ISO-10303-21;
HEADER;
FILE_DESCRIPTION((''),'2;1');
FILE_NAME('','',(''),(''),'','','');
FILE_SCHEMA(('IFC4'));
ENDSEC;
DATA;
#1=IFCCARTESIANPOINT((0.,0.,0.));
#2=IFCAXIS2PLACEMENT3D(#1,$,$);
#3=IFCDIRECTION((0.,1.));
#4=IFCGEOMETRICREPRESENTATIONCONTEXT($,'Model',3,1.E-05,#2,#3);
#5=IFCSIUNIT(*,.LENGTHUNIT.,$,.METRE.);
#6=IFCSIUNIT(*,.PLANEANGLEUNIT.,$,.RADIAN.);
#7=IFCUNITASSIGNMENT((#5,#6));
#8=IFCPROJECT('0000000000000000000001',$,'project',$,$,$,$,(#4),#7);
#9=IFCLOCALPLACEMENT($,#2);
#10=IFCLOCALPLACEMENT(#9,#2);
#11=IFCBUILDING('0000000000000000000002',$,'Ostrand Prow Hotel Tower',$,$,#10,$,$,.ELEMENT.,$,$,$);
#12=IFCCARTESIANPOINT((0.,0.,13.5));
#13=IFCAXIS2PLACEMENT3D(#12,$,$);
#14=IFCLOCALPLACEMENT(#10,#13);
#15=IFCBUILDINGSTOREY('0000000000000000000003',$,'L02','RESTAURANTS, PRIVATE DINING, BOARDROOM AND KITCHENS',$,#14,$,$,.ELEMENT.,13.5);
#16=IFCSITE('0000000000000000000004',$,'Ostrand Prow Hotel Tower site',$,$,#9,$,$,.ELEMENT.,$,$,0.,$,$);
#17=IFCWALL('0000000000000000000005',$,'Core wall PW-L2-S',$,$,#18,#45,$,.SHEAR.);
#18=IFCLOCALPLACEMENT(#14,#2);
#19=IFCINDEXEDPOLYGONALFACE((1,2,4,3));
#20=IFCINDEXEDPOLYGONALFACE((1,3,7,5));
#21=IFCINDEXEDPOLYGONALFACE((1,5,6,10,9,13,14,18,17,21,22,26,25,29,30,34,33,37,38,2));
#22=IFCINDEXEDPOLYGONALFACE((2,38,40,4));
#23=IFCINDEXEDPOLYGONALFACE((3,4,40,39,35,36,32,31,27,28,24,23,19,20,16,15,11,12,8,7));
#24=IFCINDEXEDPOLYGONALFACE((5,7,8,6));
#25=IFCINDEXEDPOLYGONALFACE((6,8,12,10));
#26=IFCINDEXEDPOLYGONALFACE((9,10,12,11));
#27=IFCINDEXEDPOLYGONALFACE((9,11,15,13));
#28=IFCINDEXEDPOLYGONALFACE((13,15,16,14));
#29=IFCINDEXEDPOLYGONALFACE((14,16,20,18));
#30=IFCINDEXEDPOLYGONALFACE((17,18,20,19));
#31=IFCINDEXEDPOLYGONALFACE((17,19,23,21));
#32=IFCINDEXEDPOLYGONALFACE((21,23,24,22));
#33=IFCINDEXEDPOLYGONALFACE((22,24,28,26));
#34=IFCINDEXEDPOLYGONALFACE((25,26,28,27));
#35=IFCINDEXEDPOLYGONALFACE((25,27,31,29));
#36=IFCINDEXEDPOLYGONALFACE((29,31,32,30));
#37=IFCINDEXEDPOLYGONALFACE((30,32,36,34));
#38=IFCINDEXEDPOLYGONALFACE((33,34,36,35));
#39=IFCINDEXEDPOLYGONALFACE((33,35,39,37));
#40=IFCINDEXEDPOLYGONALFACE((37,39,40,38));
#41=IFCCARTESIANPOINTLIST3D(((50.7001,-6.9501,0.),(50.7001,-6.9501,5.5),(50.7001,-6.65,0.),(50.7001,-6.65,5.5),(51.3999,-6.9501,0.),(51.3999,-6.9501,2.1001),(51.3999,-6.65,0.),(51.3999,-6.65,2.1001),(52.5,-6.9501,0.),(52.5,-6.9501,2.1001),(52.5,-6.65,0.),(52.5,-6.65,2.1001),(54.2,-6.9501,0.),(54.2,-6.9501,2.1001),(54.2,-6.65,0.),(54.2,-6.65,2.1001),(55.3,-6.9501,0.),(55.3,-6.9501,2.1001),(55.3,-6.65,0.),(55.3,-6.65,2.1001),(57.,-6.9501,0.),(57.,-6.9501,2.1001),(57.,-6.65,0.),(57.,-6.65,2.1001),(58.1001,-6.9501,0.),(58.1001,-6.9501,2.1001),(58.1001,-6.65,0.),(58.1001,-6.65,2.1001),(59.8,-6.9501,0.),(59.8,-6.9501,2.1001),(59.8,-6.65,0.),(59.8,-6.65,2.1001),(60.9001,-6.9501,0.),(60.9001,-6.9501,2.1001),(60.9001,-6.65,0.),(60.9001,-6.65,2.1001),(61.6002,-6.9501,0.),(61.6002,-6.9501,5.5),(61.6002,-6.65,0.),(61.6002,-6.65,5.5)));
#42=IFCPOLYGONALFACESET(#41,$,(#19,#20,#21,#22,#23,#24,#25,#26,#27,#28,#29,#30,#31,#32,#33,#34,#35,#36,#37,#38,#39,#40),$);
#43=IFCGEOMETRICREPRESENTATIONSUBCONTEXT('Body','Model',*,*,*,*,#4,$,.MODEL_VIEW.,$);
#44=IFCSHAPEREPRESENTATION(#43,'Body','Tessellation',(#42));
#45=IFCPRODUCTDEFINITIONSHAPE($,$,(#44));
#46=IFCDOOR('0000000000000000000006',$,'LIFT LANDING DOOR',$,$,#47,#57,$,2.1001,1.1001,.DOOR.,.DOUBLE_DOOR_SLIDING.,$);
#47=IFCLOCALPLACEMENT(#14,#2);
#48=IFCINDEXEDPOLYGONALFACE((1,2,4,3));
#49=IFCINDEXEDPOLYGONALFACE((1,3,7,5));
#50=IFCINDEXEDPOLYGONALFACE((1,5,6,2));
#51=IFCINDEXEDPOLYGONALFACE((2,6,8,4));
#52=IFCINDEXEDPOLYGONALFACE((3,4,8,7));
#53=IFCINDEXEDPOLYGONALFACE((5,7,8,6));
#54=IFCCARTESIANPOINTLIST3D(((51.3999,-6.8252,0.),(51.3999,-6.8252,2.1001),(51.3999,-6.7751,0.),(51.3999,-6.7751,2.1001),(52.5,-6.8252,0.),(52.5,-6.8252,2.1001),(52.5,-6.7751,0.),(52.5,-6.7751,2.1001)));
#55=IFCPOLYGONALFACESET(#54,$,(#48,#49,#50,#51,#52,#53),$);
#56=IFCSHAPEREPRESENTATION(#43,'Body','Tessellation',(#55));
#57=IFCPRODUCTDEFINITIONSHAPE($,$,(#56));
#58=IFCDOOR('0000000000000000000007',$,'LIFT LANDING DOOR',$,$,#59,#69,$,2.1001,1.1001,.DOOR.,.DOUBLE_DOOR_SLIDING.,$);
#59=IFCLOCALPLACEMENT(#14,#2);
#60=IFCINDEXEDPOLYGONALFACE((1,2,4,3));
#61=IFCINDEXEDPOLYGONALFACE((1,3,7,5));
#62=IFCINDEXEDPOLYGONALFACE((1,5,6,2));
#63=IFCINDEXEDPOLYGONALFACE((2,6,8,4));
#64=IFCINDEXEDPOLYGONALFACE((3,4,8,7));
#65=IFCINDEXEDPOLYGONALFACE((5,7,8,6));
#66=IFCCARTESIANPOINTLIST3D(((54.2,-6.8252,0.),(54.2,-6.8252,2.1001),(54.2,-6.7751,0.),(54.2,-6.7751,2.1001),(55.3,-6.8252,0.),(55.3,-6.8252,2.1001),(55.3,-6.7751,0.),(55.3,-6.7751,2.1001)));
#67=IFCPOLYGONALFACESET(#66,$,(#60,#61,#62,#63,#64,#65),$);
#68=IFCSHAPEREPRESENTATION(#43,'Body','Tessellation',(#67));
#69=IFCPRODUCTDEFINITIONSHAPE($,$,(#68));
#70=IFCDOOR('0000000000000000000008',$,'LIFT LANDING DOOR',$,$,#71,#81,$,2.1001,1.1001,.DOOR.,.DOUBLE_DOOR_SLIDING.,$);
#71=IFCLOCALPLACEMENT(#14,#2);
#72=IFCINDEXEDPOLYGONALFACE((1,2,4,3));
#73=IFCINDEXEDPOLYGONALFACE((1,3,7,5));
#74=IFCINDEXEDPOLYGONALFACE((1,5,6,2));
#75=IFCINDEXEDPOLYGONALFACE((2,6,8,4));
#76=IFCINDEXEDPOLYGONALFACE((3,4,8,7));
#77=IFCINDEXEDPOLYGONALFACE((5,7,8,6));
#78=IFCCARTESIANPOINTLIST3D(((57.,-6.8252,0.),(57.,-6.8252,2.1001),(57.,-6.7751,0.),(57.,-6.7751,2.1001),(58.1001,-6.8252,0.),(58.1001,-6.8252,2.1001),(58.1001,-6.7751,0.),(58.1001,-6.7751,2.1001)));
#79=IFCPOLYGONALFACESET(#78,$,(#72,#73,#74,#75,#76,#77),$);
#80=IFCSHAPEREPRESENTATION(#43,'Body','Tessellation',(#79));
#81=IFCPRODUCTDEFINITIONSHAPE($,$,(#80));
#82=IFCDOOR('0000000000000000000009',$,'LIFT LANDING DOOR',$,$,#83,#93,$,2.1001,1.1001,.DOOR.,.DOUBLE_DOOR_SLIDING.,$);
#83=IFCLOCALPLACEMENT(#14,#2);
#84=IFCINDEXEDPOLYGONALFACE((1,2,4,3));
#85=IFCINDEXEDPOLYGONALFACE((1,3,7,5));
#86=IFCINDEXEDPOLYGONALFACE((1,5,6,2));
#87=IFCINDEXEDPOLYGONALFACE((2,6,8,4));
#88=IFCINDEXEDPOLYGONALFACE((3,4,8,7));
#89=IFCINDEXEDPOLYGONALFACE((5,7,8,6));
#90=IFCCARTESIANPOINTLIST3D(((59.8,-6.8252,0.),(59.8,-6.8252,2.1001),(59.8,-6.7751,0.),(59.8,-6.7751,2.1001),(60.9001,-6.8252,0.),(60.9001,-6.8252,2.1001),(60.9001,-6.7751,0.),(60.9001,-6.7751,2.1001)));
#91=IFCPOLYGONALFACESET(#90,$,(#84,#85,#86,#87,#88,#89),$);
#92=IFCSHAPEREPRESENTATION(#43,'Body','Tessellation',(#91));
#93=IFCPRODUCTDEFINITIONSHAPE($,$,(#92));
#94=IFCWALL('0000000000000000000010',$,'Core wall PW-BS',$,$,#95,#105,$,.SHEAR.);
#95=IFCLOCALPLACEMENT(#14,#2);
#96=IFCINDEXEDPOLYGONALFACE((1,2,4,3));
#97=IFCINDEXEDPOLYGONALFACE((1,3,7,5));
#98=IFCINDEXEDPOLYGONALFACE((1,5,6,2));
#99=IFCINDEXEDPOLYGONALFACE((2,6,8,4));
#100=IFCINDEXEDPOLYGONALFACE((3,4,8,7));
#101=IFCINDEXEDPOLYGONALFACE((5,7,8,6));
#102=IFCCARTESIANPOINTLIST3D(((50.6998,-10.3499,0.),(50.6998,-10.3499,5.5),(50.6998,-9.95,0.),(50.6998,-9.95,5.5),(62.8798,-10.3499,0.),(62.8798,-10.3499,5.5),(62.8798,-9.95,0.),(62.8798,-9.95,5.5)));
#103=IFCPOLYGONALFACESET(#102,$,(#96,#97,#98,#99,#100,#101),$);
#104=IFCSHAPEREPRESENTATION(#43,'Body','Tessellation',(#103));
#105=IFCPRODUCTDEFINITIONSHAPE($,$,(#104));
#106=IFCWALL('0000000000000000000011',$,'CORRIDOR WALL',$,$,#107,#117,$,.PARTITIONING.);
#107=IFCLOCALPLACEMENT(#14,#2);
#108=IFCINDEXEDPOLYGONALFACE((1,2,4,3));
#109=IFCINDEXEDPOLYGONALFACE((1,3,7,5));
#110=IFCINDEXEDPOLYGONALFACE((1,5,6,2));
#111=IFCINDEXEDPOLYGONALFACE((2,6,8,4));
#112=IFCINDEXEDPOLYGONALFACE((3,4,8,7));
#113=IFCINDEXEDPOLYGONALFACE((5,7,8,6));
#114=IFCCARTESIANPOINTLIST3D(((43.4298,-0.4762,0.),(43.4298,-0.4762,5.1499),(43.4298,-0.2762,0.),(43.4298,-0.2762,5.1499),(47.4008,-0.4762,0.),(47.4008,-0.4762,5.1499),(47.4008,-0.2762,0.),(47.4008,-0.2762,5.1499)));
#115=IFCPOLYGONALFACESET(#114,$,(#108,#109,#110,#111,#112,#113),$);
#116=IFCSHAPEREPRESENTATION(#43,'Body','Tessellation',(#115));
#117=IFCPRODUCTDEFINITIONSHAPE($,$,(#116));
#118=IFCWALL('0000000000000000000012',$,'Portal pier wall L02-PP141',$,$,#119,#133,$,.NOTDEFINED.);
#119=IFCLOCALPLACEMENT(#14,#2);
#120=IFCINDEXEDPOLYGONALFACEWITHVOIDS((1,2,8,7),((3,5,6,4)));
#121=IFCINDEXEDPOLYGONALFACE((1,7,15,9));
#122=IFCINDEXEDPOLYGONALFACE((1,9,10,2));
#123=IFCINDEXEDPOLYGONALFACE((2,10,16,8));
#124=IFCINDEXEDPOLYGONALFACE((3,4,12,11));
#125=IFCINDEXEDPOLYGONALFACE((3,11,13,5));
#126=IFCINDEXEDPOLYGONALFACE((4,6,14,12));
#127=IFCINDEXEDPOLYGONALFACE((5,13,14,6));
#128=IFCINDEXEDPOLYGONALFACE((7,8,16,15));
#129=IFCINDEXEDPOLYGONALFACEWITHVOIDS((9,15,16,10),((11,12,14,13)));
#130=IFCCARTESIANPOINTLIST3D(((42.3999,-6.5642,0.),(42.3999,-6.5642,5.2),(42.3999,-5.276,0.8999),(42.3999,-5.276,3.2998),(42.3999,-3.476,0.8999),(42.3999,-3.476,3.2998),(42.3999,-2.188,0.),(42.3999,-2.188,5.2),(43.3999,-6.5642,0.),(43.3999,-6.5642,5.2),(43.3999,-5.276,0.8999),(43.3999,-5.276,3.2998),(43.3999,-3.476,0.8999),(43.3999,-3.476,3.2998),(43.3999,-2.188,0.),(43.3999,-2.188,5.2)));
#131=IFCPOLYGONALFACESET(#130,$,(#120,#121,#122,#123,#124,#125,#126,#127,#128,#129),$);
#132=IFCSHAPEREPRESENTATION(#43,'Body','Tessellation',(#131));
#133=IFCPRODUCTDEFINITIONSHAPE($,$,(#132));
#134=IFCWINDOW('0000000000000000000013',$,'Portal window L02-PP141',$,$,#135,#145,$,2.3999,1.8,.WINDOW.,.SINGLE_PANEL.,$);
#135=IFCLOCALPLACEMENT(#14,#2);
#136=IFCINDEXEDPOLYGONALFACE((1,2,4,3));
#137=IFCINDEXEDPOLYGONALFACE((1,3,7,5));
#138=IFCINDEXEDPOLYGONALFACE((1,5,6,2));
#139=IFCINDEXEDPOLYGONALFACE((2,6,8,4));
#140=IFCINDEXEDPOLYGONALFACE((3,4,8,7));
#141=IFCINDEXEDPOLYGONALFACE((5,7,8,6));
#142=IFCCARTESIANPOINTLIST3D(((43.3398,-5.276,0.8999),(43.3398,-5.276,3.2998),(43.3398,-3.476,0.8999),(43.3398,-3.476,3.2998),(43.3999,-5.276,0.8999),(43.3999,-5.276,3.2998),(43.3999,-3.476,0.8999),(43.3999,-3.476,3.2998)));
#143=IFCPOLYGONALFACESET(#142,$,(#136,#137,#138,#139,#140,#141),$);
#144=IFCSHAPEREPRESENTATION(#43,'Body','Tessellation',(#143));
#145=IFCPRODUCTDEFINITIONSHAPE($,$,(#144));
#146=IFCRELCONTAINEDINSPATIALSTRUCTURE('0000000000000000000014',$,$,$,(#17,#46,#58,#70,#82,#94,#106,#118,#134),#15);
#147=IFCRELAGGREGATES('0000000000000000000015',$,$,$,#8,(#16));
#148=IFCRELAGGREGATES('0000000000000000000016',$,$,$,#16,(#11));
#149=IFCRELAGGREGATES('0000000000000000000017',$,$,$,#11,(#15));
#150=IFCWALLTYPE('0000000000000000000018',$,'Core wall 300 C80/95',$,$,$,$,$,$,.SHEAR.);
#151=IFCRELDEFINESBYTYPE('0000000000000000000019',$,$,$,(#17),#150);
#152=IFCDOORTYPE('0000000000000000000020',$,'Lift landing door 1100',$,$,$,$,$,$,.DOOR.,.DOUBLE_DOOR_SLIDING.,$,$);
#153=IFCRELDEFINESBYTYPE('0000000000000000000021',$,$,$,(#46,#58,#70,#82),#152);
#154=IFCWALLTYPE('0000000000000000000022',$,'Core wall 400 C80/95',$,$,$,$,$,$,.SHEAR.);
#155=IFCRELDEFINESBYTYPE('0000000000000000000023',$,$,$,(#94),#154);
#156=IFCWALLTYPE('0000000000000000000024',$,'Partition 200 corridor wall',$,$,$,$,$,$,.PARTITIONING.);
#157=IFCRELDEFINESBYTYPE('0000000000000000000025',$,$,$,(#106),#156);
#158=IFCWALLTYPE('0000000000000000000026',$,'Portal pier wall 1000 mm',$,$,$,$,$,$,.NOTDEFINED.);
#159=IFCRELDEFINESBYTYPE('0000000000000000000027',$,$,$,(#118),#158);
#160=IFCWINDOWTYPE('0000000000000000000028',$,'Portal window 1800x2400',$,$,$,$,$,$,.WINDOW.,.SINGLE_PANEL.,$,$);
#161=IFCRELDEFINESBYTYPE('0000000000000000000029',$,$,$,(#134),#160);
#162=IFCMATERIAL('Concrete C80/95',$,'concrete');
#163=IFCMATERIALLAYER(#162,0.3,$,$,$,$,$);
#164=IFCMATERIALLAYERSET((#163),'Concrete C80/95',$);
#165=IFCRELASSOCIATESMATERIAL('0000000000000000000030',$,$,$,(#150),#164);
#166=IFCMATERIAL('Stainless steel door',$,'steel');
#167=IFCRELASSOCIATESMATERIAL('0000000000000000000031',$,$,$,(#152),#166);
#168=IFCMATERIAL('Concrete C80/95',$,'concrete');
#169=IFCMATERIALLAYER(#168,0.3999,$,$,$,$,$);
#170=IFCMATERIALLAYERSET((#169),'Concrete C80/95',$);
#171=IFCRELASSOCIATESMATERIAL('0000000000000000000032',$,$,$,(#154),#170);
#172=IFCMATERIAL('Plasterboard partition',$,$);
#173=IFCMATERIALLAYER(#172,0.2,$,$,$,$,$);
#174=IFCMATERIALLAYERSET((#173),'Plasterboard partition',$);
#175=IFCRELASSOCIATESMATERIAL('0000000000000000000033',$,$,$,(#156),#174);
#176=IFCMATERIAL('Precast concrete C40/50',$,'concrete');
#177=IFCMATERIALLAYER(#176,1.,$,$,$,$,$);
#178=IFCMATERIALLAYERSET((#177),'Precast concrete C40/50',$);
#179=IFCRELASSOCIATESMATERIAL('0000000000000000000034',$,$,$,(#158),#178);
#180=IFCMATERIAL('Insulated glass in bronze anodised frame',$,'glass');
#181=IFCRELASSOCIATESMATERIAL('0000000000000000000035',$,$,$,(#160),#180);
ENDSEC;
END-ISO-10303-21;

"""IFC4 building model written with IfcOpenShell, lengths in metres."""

from ifc_helpers import new_model, si_unit, direction, frame, frame_2d, origin, place, context, subcontext, project, spatial, polyline, rectangle, outline, extrude, material, layer, layer_set, type_object, element, fill, save


model = new_model("IFC4")

# Units and contexts
model_context = context("Model", 3, precision=1e-05, world=origin(), true_north=direction((0.0, 1.0)))
body_context = subcontext(model_context, "Body", "Model", "MODEL_VIEW")
ifc_project = project(units=[si_unit("LENGTHUNIT", "METRE"), si_unit("PLANEANGLEUNIT", "RADIAN")], contexts=[model_context])

# Site, building, storey
site_placement = place(None, origin())
site = spatial("IfcSite", under=ifc_project, at=site_placement, Name="Ostrand Prow Hotel Tower site", CompositionType="ELEMENT", RefElevation=0.0)
building_placement = place(site_placement, origin())
building = spatial("IfcBuilding", under=site, at=building_placement, Name="Ostrand Prow Hotel Tower", CompositionType="ELEMENT")
storey_placement = place(building_placement, frame((0.0, 0.0, 13.5)))
storey = spatial("IfcBuildingStorey", under=building, at=storey_placement, Name="L02", Description="RESTAURANTS, PRIVATE DINING, BOARDROOM AND KITCHENS", CompositionType="ELEMENT", Elevation=13.5)

# Shared definitions
ifc_material_1 = material(Name="Concrete C80/95", Category="concrete")
ifc_layer_1 = layer(ifc_material_1, 0.3)
ifc_layer_set_1 = layer_set([ifc_layer_1], Name="Concrete C80/95")
wall_type_1 = type_object("IfcWallType", Name="Core wall 300 C80/95", PredefinedType="SHEAR", material=ifc_layer_set_1)

# Wall, openings, doors
wall_1_placement = place(storey_placement, frame((50.7, -6.8, 0.0), z_axis=(0.0, 0.0, 1.0), x_axis=(1.0, 0.0, 0.0)))
wall_1 = element("IfcWall", 1, at=wall_1_placement, inside=storey, type_object=wall_type_1, Name="Core wall PW-L2-S", PredefinedType="SHEAR", context=body_context, shape_type="SweptSolid", body=[
    extrude(rectangle(XDim=10.9001, YDim=0.3, at=frame_2d((5.4502, 0.0))), origin(), (0.0, 0.0, 1.0), 5.5),
])
opening_1_placement = place(wall_1_placement, frame((0.7, 0.0, 0.0)))
opening_1 = element("IfcOpeningElement", 2, at=opening_1_placement, cuts=wall_1, PredefinedType="OPENING", context=body_context, shape_type="SweptSolid", body=[
    extrude(rectangle(XDim=1.1001, YDim=2.1001, at=frame_2d((0.55, 1.05))), frame((0.0, 0.1599, 0.0), z_axis=(0.0, -1.0, 0.0), x_axis=(1.0, 0.0, 0.0)), (0.0, 0.0, 1.0), 0.3201),
])
opening_2_placement = place(wall_1_placement, frame((3.5, 0.0, 0.0)))
opening_2 = element("IfcOpeningElement", 3, at=opening_2_placement, cuts=wall_1, PredefinedType="OPENING", context=body_context, shape_type="SweptSolid", body=[
    extrude(rectangle(XDim=1.1001, YDim=2.1001, at=frame_2d((0.55, 1.05))), frame((0.0, 0.1599, 0.0), z_axis=(0.0, -1.0, 0.0), x_axis=(1.0, 0.0, 0.0)), (0.0, 0.0, 1.0), 0.3201),
])
opening_3_placement = place(wall_1_placement, frame((6.3, 0.0, 0.0)))
opening_3 = element("IfcOpeningElement", 4, at=opening_3_placement, cuts=wall_1, PredefinedType="OPENING", context=body_context, shape_type="SweptSolid", body=[
    extrude(rectangle(XDim=1.1001, YDim=2.1001, at=frame_2d((0.55, 1.05))), frame((0.0, 0.1599, 0.0), z_axis=(0.0, -1.0, 0.0), x_axis=(1.0, 0.0, 0.0)), (0.0, 0.0, 1.0), 0.3201),
])
opening_4_placement = place(wall_1_placement, frame((9.1001, 0.0, 0.0)))
opening_4 = element("IfcOpeningElement", 5, at=opening_4_placement, cuts=wall_1, PredefinedType="OPENING", context=body_context, shape_type="SweptSolid", body=[
    extrude(rectangle(XDim=1.1001, YDim=2.1001, at=frame_2d((0.55, 1.05))), frame((0.0, 0.1599, 0.0), z_axis=(0.0, -1.0, 0.0), x_axis=(1.0, 0.0, 0.0)), (0.0, 0.0, 1.0), 0.3201),
])
ifc_material_2 = material(Name="Stainless steel door", Category="steel")
door_type_1 = type_object("IfcDoorType", Name="Lift landing door 1100", OperationType="DOUBLE_DOOR_SLIDING", PredefinedType="DOOR", material=ifc_material_2)
door_1_placement = place(opening_1_placement, origin())
door_1 = element("IfcDoor", 6, at=door_1_placement, inside=storey, type_object=door_type_1, Name="LIFT LANDING DOOR", OperationType="DOUBLE_DOOR_SLIDING", OverallHeight=2.1001, OverallWidth=1.1001, PredefinedType="DOOR", context=body_context, shape_type="SweptSolid", body=[
    extrude(rectangle(XDim=1.1001, YDim=2.1001, at=frame_2d((0.55, 1.05))), frame((0.0, 0.0249, 0.0), z_axis=(0.0, -1.0, 0.0), x_axis=(1.0, 0.0, 0.0)), (0.0, 0.0, 1.0), 0.05),
])
fill(opening_1, door_1)
door_2_placement = place(opening_2_placement, origin())
door_2 = element("IfcDoor", 7, at=door_2_placement, inside=storey, type_object=door_type_1, Name="LIFT LANDING DOOR", OperationType="DOUBLE_DOOR_SLIDING", OverallHeight=2.1001, OverallWidth=1.1001, PredefinedType="DOOR", context=body_context, shape_type="SweptSolid", body=[
    extrude(rectangle(XDim=1.1001, YDim=2.1001, at=frame_2d((0.55, 1.05))), frame((0.0, 0.0249, 0.0), z_axis=(0.0, -1.0, 0.0), x_axis=(1.0, 0.0, 0.0)), (0.0, 0.0, 1.0), 0.05),
])
fill(opening_2, door_2)
door_3_placement = place(opening_3_placement, origin())
door_3 = element("IfcDoor", 8, at=door_3_placement, inside=storey, type_object=door_type_1, Name="LIFT LANDING DOOR", OperationType="DOUBLE_DOOR_SLIDING", OverallHeight=2.1001, OverallWidth=1.1001, PredefinedType="DOOR", context=body_context, shape_type="SweptSolid", body=[
    extrude(rectangle(XDim=1.1001, YDim=2.1001, at=frame_2d((0.55, 1.05))), frame((0.0, 0.0249, 0.0), z_axis=(0.0, -1.0, 0.0), x_axis=(1.0, 0.0, 0.0)), (0.0, 0.0, 1.0), 0.05),
])
fill(opening_3, door_3)
door_4_placement = place(opening_4_placement, origin())
door_4 = element("IfcDoor", 9, at=door_4_placement, inside=storey, type_object=door_type_1, Name="LIFT LANDING DOOR", OperationType="DOUBLE_DOOR_SLIDING", OverallHeight=2.1001, OverallWidth=1.1001, PredefinedType="DOOR", context=body_context, shape_type="SweptSolid", body=[
    extrude(rectangle(XDim=1.1001, YDim=2.1001, at=frame_2d((0.55, 1.05))), frame((0.0, 0.0249, 0.0), z_axis=(0.0, -1.0, 0.0), x_axis=(1.0, 0.0, 0.0)), (0.0, 0.0, 1.0), 0.05),
])
fill(opening_4, door_4)

# Walls
ifc_material_3 = material(Name="Concrete C80/95", Category="concrete")
ifc_layer_2 = layer(ifc_material_3, 0.3999)
ifc_layer_set_2 = layer_set([ifc_layer_2], Name="Concrete C80/95")
wall_type_2 = type_object("IfcWallType", Name="Core wall 400 C80/95", PredefinedType="SHEAR", material=ifc_layer_set_2)
wall_2_placement = place(storey_placement, frame((50.7, -10.1499, 0.0), z_axis=(0.0, 0.0, 1.0), x_axis=(1.0, 0.0, 0.0)))
element("IfcWall", 10, at=wall_2_placement, inside=storey, type_object=wall_type_2, Name="Core wall PW-BS", PredefinedType="SHEAR", context=body_context, shape_type="SweptSolid", body=[
    extrude(rectangle(XDim=12.1799, YDim=0.3999, at=frame_2d((6.0898, 0.0))), origin(), (0.0, 0.0, 1.0), 5.5),
])
ifc_material_4 = material(Name="Plasterboard partition")
ifc_layer_3 = layer(ifc_material_4, 0.2)
ifc_layer_set_3 = layer_set([ifc_layer_3], Name="Plasterboard partition")
wall_type_3 = type_object("IfcWallType", Name="Partition 200 corridor wall", PredefinedType="PARTITIONING", material=ifc_layer_set_3)
wall_3_placement = place(storey_placement, frame((43.4299, -0.3762, 0.0), z_axis=(0.0, 0.0, 1.0), x_axis=(1.0, 0.0, 0.0)))
element("IfcWall", 11, at=wall_3_placement, inside=storey, type_object=wall_type_3, Name="CORRIDOR WALL", PredefinedType="PARTITIONING", context=body_context, shape_type="SweptSolid", body=[
    extrude(rectangle(XDim=3.9709, YDim=0.2, at=frame_2d((1.9854, 0.0))), origin(), (0.0, 0.0, 1.0), 5.1499),
])

# Wall, opening, window
ifc_material_5 = material(Name="Precast concrete C40/50", Category="concrete")
ifc_layer_4 = layer(ifc_material_5, 1.0)
ifc_layer_set_4 = layer_set([ifc_layer_4], Name="Precast concrete C40/50")
wall_type_4 = type_object("IfcWallType", Name="Portal pier wall 1000 mm", PredefinedType="NOTDEFINED", material=ifc_layer_set_4)
wall_4_placement = place(storey_placement, frame((42.8999, -2.188, 0.0), z_axis=(0.0, 0.0, 1.0), x_axis=(0.0, -1.0, 0.0)))
wall_4 = element("IfcWall", 12, at=wall_4_placement, inside=storey, type_object=wall_type_4, Name="Portal pier wall L02-PP141", PredefinedType="NOTDEFINED", context=body_context, shape_type="SweptSolid", body=[
    extrude(outline(polyline([(0.0, -0.5), (4.3762, -0.5), (4.3762, 0.5), (0.0, 0.5), (0.0, -0.5)])), origin(), (0.0, 0.0, 1.0), 5.2),
])
opening_5_placement = place(wall_4_placement, frame((1.2881, 0.0, 0.8999)))
opening_5 = element("IfcOpeningElement", 13, at=opening_5_placement, cuts=wall_4, PredefinedType="OPENING", context=body_context, shape_type="SweptSolid", body=[
    extrude(rectangle(XDim=1.8, YDim=2.3999, at=frame_2d((0.8999, 1.2))), frame((0.0, 0.51, 0.0), z_axis=(0.0, -1.0, 0.0), x_axis=(1.0, 0.0, 0.0)), (0.0, 0.0, 1.0), 1.02),
])
ifc_material_6 = material(Name="Insulated glass in bronze anodised frame", Category="glass")
window_type = type_object("IfcWindowType", Name="Portal window 1800x2400", PartitioningType="SINGLE_PANEL", PredefinedType="WINDOW", material=ifc_material_6)
window_1_placement = place(opening_5_placement, origin())
window_1 = element("IfcWindow", 14, at=window_1_placement, inside=storey, type_object=window_type, Name="Portal window L02-PP141", OverallHeight=2.3999, OverallWidth=1.8, PartitioningType="SINGLE_PANEL", PredefinedType="WINDOW", context=body_context, shape_type="SweptSolid", body=[
    extrude(rectangle(XDim=1.8, YDim=2.3999, at=frame_2d((0.8999, 1.2))), frame((0.0, 0.5, 0.0), z_axis=(0.0, -1.0, 0.0), x_axis=(1.0, 0.0, 0.0)), (0.0, 0.0, 1.0), 0.0601),
])
fill(opening_5, window_1)

save(model, "model.ifc")
